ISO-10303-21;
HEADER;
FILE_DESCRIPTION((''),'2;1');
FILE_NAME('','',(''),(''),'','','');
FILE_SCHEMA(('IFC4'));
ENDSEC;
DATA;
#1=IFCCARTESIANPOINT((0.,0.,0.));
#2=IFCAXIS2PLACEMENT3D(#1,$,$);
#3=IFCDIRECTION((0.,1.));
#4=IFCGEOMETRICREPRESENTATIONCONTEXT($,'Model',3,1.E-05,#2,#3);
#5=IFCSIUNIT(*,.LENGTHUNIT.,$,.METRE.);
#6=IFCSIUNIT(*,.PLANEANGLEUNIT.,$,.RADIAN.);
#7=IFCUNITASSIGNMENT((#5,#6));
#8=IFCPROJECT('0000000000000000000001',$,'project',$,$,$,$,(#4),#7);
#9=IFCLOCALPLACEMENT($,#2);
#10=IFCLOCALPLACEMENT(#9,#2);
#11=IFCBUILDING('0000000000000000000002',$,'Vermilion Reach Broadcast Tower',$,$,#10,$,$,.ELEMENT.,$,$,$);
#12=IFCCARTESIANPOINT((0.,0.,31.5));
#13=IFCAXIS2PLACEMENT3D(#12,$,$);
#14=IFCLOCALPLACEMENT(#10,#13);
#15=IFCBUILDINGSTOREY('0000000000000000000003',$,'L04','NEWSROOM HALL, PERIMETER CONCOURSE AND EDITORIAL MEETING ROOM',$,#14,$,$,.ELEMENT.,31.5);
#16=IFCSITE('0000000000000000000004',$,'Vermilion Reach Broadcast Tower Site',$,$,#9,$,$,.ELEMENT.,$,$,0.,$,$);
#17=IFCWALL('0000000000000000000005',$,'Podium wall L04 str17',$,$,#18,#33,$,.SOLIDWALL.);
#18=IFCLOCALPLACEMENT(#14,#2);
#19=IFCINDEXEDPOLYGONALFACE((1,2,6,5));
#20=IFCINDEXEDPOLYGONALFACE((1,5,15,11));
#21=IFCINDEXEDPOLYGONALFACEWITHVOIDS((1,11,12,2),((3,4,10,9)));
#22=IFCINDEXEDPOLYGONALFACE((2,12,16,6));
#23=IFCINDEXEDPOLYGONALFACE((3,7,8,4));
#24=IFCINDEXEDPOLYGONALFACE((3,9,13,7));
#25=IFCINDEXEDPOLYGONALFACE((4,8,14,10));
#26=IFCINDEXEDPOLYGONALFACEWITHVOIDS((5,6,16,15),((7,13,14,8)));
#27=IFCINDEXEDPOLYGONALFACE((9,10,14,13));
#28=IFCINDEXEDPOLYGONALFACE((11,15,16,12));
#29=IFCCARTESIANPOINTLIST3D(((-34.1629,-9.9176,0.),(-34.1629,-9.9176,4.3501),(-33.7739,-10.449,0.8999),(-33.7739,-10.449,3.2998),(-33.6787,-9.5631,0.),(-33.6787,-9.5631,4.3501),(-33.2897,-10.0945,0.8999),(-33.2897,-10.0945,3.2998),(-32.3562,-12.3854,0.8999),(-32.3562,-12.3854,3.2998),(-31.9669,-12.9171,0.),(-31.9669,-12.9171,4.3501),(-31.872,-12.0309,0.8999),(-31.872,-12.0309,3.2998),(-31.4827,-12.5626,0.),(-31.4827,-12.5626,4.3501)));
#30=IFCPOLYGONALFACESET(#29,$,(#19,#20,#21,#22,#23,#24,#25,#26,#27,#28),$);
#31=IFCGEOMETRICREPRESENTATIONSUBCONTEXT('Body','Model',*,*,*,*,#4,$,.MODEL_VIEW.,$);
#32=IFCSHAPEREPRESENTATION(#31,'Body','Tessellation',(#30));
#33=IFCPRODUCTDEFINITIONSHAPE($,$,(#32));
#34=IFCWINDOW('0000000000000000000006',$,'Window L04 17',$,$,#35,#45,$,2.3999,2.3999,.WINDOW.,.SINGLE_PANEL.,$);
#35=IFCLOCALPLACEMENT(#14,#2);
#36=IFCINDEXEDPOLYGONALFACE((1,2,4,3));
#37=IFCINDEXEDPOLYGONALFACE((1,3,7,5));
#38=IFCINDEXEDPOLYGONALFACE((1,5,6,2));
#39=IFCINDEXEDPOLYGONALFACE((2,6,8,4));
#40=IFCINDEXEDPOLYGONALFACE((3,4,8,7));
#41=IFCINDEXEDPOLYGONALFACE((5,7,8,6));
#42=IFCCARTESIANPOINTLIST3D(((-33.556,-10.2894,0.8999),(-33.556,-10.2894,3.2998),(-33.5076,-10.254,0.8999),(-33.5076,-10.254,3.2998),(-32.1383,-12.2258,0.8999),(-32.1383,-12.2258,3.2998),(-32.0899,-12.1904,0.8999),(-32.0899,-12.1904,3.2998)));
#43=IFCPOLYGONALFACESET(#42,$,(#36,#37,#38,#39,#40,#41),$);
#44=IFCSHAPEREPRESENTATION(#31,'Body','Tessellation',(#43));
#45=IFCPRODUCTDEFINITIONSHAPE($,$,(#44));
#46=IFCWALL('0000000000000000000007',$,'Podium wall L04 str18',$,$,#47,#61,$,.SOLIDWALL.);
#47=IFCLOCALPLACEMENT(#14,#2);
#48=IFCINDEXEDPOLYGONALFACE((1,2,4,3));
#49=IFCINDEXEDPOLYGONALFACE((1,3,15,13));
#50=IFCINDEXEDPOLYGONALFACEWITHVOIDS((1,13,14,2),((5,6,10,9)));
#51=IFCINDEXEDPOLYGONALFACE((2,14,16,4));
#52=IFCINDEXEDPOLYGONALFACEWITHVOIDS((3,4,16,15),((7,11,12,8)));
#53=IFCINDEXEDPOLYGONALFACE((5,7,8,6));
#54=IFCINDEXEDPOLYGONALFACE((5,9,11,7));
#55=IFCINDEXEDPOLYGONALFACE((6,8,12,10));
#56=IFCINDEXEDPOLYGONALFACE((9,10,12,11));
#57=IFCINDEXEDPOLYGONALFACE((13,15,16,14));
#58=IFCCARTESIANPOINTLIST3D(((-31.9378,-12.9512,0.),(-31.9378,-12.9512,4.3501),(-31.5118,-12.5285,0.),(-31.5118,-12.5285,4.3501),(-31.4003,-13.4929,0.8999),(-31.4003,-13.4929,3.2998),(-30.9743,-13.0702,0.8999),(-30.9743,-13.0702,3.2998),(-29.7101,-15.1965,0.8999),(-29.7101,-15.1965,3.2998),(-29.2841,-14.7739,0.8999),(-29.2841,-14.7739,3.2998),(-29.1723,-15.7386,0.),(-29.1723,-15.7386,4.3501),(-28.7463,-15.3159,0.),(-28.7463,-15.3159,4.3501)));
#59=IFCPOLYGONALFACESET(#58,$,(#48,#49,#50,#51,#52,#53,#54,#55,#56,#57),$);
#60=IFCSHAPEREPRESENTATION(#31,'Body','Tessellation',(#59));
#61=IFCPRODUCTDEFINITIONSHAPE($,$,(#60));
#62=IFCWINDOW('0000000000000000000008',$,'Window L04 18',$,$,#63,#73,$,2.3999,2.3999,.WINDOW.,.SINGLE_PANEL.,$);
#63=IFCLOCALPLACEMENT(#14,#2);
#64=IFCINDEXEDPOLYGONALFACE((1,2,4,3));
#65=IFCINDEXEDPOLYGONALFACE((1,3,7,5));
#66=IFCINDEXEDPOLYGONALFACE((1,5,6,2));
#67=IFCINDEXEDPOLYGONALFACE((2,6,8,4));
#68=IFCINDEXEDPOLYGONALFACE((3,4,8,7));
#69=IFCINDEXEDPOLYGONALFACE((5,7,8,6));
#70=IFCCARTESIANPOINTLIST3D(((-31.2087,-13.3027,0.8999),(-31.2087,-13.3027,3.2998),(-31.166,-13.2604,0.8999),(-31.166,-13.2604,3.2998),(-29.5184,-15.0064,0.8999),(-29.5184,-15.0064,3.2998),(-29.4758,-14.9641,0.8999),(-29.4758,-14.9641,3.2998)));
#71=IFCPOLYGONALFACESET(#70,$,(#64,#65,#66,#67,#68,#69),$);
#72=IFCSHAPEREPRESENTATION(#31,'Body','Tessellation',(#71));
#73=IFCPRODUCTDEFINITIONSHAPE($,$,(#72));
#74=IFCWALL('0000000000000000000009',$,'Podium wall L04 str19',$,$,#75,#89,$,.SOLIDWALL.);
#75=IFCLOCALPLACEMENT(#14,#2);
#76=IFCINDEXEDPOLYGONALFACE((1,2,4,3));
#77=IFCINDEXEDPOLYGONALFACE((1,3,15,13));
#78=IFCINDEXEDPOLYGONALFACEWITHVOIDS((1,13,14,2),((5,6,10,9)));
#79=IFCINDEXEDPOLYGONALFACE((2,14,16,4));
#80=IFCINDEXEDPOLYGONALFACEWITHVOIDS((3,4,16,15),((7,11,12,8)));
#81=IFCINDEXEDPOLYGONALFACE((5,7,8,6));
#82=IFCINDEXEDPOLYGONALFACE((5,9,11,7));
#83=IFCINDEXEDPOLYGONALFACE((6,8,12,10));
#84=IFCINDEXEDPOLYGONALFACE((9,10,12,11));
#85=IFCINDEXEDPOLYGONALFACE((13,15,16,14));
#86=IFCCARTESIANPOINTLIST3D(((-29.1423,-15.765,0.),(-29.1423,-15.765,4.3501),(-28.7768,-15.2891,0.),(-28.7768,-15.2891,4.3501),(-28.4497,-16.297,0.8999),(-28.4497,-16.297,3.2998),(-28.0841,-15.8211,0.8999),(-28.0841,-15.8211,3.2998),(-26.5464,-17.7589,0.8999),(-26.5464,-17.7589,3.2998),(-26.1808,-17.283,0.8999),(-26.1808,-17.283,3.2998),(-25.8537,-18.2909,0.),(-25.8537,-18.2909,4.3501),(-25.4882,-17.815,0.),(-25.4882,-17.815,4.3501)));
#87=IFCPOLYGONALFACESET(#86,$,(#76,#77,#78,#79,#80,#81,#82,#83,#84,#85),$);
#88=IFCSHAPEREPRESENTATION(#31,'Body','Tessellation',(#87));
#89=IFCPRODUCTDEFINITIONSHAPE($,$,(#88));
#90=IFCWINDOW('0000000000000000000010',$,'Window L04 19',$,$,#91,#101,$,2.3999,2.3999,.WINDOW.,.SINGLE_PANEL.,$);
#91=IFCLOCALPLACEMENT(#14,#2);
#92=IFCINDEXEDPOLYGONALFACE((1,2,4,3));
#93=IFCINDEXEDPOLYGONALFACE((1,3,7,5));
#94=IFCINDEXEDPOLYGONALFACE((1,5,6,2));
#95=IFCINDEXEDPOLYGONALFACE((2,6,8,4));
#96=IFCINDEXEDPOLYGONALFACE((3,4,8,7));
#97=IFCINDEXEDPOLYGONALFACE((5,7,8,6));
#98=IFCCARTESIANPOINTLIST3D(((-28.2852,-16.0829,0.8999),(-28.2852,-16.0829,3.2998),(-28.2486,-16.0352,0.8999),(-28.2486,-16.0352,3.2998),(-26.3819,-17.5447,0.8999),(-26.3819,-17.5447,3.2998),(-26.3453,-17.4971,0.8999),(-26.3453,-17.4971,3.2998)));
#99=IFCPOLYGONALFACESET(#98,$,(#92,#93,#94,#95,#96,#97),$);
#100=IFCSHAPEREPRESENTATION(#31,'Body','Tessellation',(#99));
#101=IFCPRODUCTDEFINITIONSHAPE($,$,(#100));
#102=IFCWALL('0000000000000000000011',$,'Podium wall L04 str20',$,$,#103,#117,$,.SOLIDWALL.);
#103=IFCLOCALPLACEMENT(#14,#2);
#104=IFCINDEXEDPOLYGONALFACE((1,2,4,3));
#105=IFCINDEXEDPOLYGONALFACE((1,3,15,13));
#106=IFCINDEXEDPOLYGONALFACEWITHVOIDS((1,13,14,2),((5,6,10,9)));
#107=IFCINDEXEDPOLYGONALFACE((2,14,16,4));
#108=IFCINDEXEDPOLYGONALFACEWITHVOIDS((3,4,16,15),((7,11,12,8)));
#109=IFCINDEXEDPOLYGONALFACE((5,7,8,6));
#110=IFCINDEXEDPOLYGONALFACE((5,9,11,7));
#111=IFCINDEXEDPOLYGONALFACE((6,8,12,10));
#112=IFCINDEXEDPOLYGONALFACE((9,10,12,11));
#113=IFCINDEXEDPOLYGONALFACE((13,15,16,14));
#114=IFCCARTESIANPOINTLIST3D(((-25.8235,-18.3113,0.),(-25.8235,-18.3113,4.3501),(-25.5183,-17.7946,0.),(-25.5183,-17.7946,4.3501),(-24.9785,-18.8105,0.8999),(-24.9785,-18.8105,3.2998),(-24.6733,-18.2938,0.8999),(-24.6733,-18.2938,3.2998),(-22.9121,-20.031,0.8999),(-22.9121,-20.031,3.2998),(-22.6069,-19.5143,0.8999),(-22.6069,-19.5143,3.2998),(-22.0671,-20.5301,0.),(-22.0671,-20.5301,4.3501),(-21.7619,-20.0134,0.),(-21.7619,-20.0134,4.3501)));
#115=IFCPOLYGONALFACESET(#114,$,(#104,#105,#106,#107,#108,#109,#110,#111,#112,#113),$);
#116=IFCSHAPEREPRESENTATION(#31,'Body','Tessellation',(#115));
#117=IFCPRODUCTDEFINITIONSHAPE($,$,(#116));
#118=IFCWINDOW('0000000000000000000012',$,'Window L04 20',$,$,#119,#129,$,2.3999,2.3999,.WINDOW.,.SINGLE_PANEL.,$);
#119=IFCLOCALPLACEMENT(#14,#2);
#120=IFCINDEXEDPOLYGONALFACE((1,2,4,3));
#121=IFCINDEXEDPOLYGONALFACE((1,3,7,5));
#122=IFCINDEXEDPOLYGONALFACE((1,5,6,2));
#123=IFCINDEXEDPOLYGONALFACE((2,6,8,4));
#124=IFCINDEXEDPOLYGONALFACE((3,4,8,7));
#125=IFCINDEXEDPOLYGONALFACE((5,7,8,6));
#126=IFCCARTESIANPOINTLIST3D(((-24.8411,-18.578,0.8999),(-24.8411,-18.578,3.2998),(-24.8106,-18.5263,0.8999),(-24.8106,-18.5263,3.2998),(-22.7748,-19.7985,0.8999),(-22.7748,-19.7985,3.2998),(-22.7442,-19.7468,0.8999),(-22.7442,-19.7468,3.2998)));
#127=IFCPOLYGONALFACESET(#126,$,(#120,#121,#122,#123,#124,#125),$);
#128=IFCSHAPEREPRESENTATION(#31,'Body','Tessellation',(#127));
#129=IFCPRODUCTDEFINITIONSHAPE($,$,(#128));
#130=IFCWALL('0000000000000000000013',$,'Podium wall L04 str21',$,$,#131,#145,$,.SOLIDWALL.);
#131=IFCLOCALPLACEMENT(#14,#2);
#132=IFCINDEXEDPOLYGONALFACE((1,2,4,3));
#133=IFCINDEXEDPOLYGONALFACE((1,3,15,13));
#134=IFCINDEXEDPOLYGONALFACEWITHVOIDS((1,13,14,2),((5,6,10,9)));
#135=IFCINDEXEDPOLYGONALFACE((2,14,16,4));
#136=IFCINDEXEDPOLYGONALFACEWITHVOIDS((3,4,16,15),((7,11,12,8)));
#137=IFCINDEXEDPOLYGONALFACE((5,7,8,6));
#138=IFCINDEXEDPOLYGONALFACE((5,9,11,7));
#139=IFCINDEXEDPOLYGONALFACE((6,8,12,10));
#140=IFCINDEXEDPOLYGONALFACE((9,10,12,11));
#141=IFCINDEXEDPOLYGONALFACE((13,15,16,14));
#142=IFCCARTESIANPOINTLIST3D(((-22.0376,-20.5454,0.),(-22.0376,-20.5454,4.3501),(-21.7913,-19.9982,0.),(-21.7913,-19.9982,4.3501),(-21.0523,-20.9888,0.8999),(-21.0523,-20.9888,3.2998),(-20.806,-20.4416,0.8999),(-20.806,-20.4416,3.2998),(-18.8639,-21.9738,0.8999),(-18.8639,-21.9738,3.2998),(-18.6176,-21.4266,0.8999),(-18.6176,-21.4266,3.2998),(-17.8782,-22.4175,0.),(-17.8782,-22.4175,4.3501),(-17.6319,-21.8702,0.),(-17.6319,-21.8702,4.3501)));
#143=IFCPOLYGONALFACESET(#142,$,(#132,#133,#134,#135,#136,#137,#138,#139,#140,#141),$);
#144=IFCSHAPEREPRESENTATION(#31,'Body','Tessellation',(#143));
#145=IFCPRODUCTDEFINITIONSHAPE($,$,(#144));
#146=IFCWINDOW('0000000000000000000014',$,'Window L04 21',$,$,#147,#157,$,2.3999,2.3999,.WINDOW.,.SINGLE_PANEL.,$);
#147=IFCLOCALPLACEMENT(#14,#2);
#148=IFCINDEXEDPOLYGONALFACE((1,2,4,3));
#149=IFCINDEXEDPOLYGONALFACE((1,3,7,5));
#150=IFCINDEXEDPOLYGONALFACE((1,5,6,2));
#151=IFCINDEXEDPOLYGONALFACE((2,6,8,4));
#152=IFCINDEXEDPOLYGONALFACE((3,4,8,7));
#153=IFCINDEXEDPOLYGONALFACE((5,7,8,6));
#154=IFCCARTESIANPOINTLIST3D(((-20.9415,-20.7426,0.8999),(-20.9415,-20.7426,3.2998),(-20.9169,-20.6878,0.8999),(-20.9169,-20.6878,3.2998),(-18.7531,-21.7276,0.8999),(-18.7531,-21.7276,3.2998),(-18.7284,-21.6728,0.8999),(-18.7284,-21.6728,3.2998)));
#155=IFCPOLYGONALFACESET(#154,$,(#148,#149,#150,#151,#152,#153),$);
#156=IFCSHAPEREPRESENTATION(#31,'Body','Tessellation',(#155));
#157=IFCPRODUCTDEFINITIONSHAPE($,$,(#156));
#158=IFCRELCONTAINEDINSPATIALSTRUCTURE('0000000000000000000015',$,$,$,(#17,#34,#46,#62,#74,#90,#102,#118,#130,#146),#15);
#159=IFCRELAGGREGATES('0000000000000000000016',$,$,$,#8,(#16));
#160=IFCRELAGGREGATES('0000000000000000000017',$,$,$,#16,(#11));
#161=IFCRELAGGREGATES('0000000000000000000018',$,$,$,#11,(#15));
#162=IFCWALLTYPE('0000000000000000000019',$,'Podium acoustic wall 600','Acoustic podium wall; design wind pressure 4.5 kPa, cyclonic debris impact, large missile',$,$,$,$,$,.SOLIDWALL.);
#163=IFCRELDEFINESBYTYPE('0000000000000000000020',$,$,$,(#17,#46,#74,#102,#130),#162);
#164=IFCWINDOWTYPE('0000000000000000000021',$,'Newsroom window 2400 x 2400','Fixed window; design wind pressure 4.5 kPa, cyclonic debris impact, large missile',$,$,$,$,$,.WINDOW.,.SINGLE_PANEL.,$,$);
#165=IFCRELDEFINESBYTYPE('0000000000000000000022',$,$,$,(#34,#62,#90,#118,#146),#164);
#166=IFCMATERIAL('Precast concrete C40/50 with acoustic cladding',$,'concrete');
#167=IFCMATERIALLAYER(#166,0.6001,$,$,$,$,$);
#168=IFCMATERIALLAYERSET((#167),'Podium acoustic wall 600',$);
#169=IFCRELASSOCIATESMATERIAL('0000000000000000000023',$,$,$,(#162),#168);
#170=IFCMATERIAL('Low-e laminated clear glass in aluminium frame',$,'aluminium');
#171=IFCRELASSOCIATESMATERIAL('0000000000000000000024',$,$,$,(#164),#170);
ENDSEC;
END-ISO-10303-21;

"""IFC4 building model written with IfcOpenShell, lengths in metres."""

from ifc_helpers import new_model, si_unit, direction, frame, frame_2d, origin, place, context, subcontext, project, spatial, rectangle, extrude, material, layer, layer_set, type_object, element, fill, save


model = new_model("IFC4")

# Units and contexts
model_context = context("Model", 3, precision=1e-05, world=origin(), true_north=direction((0.0, 1.0)))
body_context = subcontext(model_context, "Body", "Model", "MODEL_VIEW")
ifc_project = project(units=[si_unit("LENGTHUNIT", "METRE"), si_unit("PLANEANGLEUNIT", "RADIAN")], contexts=[model_context])

# Site, building, storey
site_placement = place(None, origin())
site = spatial("IfcSite", under=ifc_project, at=site_placement, Name="Vermilion Reach Broadcast Tower Site", CompositionType="ELEMENT", RefElevation=0.0)
building_placement = place(site_placement, origin())
building = spatial("IfcBuilding", under=site, at=building_placement, Name="Vermilion Reach Broadcast Tower", CompositionType="ELEMENT")
storey_placement = place(building_placement, frame((0.0, 0.0, 31.5)))
storey = spatial("IfcBuildingStorey", under=building, at=storey_placement, Name="L04", Description="NEWSROOM HALL, PERIMETER CONCOURSE AND EDITORIAL MEETING ROOM", CompositionType="ELEMENT", Elevation=31.5)

# Walls, openings, windows
ifc_material_1 = material(Name="Precast concrete C40/50 with acoustic cladding", Category="concrete")
ifc_layer_1 = layer(ifc_material_1, 0.6001)
ifc_layer_set_1 = layer_set([ifc_layer_1], Name="Podium acoustic wall 600")
wall_type_1 = type_object("IfcWallType", Name="Podium acoustic wall 600", Description="Acoustic podium wall; design wind pressure 4.5 kPa, cyclonic debris impact, large missile", PredefinedType="SOLIDWALL", material=ifc_layer_set_1)
wall_1_placement = place(storey_placement, frame((-33.9209, -9.7402, 0.0), z_axis=(0.0, 0.0, 1.0), x_axis=(0.590734, -0.806866, 0.0)))
wall_1 = element("IfcWall", 1, at=wall_1_placement, inside=storey, type_object=wall_type_1, Name="Podium wall L04 str17", PredefinedType="SOLIDWALL", context=body_context, shape_type="SweptSolid", body=[
    extrude(rectangle(XDim=3.7175, YDim=0.6001, at=frame_2d((1.8589, 0.0))), origin(), (0.0, 0.0, 1.0), 4.3501),
])
opening_1_placement = place(wall_1_placement, frame((0.6587, 0.0, 0.8999)))
opening_1 = element("IfcOpeningElement", 2, at=opening_1_placement, cuts=wall_1, PredefinedType="OPENING", context=body_context, shape_type="SweptSolid", body=[
    extrude(rectangle(XDim=2.3999, YDim=2.3999, at=frame_2d((1.2, 1.2))), frame((0.0, 0.3101, 0.0), z_axis=(0.0, -1.0, 0.0), x_axis=(1.0, 0.0, 0.0)), (0.0, 0.0, 1.0), 0.6201),
])
ifc_material_2 = material(Name="Low-e laminated clear glass in aluminium frame", Category="aluminium")
window_type = type_object("IfcWindowType", Name="Newsroom window 2400 x 2400", Description="Fixed window; design wind pressure 4.5 kPa, cyclonic debris impact, large missile", PartitioningType="SINGLE_PANEL", PredefinedType="WINDOW", material=ifc_material_2)
window_1_placement = place(opening_1_placement, origin())
window_1 = element("IfcWindow", 3, at=window_1_placement, inside=storey, type_object=window_type, Name="Window L04 17", OverallHeight=2.3999, OverallWidth=2.3999, PartitioningType="SINGLE_PANEL", PredefinedType="WINDOW", context=body_context, shape_type="SweptSolid", body=[
    extrude(rectangle(XDim=2.3999, YDim=2.3999, at=frame_2d((1.2, 1.2))), frame((0.0, 0.03, 0.0), z_axis=(0.0, -1.0, 0.0), x_axis=(1.0, 0.0, 0.0)), (0.0, 0.0, 1.0), 0.0601),
])
fill(opening_1, window_1)
wall_2_placement = place(storey_placement, frame((-31.7249, -12.7397, 0.0), z_axis=(0.0, 0.0, 1.0), x_axis=(0.704303, -0.709899, 0.0)))
wall_2 = element("IfcWall", 4, at=wall_2_placement, inside=storey, type_object=wall_type_1, Name="Podium wall L04 str18", PredefinedType="SOLIDWALL", context=body_context, shape_type="SweptSolid", body=[
    extrude(rectangle(XDim=3.9265, YDim=0.6001, at=frame_2d((1.9634, 0.0))), origin(), (0.0, 0.0, 1.0), 4.3501),
])
opening_2_placement = place(wall_2_placement, frame((0.7632, 0.0, 0.8999)))
opening_2 = element("IfcOpeningElement", 5, at=opening_2_placement, cuts=wall_2, PredefinedType="OPENING", context=body_context, shape_type="SweptSolid", body=[
    extrude(rectangle(XDim=2.3999, YDim=2.3999, at=frame_2d((1.2, 1.2))), frame((0.0, 0.3101, 0.0), z_axis=(0.0, -1.0, 0.0), x_axis=(1.0, 0.0, 0.0)), (0.0, 0.0, 1.0), 0.6201),
])
window_2_placement = place(opening_2_placement, origin())
window_2 = element("IfcWindow", 6, at=window_2_placement, inside=storey, type_object=window_type, Name="Window L04 18", OverallHeight=2.3999, OverallWidth=2.3999, PartitioningType="SINGLE_PANEL", PredefinedType="WINDOW", context=body_context, shape_type="SweptSolid", body=[
    extrude(rectangle(XDim=2.3999, YDim=2.3999, at=frame_2d((1.2, 1.2))), frame((0.0, 0.03, 0.0), z_axis=(0.0, -1.0, 0.0), x_axis=(1.0, 0.0, 0.0)), (0.0, 0.0, 1.0), 0.0601),
])
fill(opening_2, window_2)
wall_3_placement = place(storey_placement, frame((-28.9595, -15.5271, 0.0), z_axis=(0.0, 0.0, 1.0), x_axis=(0.793066, -0.609136, 0.0)))
wall_3 = element("IfcWall", 7, at=wall_3_placement, inside=storey, type_object=wall_type_1, Name="Podium wall L04 str19", PredefinedType="SOLIDWALL", context=body_context, shape_type="SweptSolid", body=[
    extrude(rectangle(XDim=4.1467, YDim=0.6001, at=frame_2d((2.0732, 0.0))), origin(), (0.0, 0.0, 1.0), 4.3501),
])
opening_3_placement = place(wall_3_placement, frame((0.8733, 0.0, 0.8999)))
opening_3 = element("IfcOpeningElement", 8, at=opening_3_placement, cuts=wall_3, PredefinedType="OPENING", context=body_context, shape_type="SweptSolid", body=[
    extrude(rectangle(XDim=2.3999, YDim=2.3999, at=frame_2d((1.2, 1.2))), frame((0.0, 0.3101, 0.0), z_axis=(0.0, -1.0, 0.0), x_axis=(1.0, 0.0, 0.0)), (0.0, 0.0, 1.0), 0.6201),
])
window_3_placement = place(opening_3_placement, origin())
window_3 = element("IfcWindow", 9, at=window_3_placement, inside=storey, type_object=window_type, Name="Window L04 19", OverallHeight=2.3999, OverallWidth=2.3999, PartitioningType="SINGLE_PANEL", PredefinedType="WINDOW", context=body_context, shape_type="SweptSolid", body=[
    extrude(rectangle(XDim=2.3999, YDim=2.3999, at=frame_2d((1.2, 1.2))), frame((0.0, 0.03, 0.0), z_axis=(0.0, -1.0, 0.0), x_axis=(1.0, 0.0, 0.0)), (0.0, 0.0, 1.0), 0.0601),
])
fill(opening_3, window_3)
wall_4_placement = place(storey_placement, frame((-25.6709, -18.053, 0.0), z_axis=(0.0, 0.0, 1.0), x_axis=(0.861018, -0.508575, 0.0)))
wall_4 = element("IfcWall", 10, at=wall_4_placement, inside=storey, type_object=wall_type_1, Name="Podium wall L04 str20", PredefinedType="SOLIDWALL", context=body_context, shape_type="SweptSolid", body=[
    extrude(rectangle(XDim=4.3628, YDim=0.6001, at=frame_2d((2.1814, 0.0))), origin(), (0.0, 0.0, 1.0), 4.3501),
])
opening_4_placement = place(wall_4_placement, frame((0.9814, 0.0, 0.8999)))
opening_4 = element("IfcOpeningElement", 11, at=opening_4_placement, cuts=wall_4, PredefinedType="OPENING", context=body_context, shape_type="SweptSolid", body=[
    extrude(rectangle(XDim=2.3999, YDim=2.3999, at=frame_2d((1.2, 1.2))), frame((0.0, 0.3101, 0.0), z_axis=(0.0, -1.0, 0.0), x_axis=(1.0, 0.0, 0.0)), (0.0, 0.0, 1.0), 0.6201),
])
window_4_placement = place(opening_4_placement, origin())
window_4 = element("IfcWindow", 12, at=window_4_placement, inside=storey, type_object=window_type, Name="Window L04 20", OverallHeight=2.3999, OverallWidth=2.3999, PartitioningType="SINGLE_PANEL", PredefinedType="WINDOW", context=body_context, shape_type="SweptSolid", body=[
    extrude(rectangle(XDim=2.3999, YDim=2.3999, at=frame_2d((1.2, 1.2))), frame((0.0, 0.03, 0.0), z_axis=(0.0, -1.0, 0.0), x_axis=(1.0, 0.0, 0.0)), (0.0, 0.0, 1.0), 0.0601),
])
fill(opening_4, window_4)
wall_5_placement = place(storey_placement, frame((-21.9146, -20.2717, 0.0), z_axis=(0.0, 0.0, 1.0), x_axis=(0.911894, -0.410425, 0.0)))
wall_5 = element("IfcWall", 13, at=wall_5_placement, inside=storey, type_object=wall_type_1, Name="Podium wall L04 str21", PredefinedType="SOLIDWALL", context=body_context, shape_type="SweptSolid", body=[
    extrude(rectangle(XDim=4.5613, YDim=0.6001, at=frame_2d((2.2808, 0.0))), origin(), (0.0, 0.0, 1.0), 4.3501),
])
opening_5_placement = place(wall_5_placement, frame((1.0806, 0.0, 0.8999)))
opening_5 = element("IfcOpeningElement", 14, at=opening_5_placement, cuts=wall_5, PredefinedType="OPENING", context=body_context, shape_type="SweptSolid", body=[
    extrude(rectangle(XDim=2.3999, YDim=2.3999, at=frame_2d((1.2, 1.2))), frame((0.0, 0.3101, 0.0), z_axis=(0.0, -1.0, 0.0), x_axis=(1.0, 0.0, 0.0)), (0.0, 0.0, 1.0), 0.6201),
])
window_5_placement = place(opening_5_placement, origin())
window_5 = element("IfcWindow", 15, at=window_5_placement, inside=storey, type_object=window_type, Name="Window L04 21", OverallHeight=2.3999, OverallWidth=2.3999, PartitioningType="SINGLE_PANEL", PredefinedType="WINDOW", context=body_context, shape_type="SweptSolid", body=[
    extrude(rectangle(XDim=2.3999, YDim=2.3999, at=frame_2d((1.2, 1.2))), frame((0.0, 0.03, 0.0), z_axis=(0.0, -1.0, 0.0), x_axis=(1.0, 0.0, 0.0)), (0.0, 0.0, 1.0), 0.0601),
])
fill(opening_5, window_5)

save(model, "model.ifc")
